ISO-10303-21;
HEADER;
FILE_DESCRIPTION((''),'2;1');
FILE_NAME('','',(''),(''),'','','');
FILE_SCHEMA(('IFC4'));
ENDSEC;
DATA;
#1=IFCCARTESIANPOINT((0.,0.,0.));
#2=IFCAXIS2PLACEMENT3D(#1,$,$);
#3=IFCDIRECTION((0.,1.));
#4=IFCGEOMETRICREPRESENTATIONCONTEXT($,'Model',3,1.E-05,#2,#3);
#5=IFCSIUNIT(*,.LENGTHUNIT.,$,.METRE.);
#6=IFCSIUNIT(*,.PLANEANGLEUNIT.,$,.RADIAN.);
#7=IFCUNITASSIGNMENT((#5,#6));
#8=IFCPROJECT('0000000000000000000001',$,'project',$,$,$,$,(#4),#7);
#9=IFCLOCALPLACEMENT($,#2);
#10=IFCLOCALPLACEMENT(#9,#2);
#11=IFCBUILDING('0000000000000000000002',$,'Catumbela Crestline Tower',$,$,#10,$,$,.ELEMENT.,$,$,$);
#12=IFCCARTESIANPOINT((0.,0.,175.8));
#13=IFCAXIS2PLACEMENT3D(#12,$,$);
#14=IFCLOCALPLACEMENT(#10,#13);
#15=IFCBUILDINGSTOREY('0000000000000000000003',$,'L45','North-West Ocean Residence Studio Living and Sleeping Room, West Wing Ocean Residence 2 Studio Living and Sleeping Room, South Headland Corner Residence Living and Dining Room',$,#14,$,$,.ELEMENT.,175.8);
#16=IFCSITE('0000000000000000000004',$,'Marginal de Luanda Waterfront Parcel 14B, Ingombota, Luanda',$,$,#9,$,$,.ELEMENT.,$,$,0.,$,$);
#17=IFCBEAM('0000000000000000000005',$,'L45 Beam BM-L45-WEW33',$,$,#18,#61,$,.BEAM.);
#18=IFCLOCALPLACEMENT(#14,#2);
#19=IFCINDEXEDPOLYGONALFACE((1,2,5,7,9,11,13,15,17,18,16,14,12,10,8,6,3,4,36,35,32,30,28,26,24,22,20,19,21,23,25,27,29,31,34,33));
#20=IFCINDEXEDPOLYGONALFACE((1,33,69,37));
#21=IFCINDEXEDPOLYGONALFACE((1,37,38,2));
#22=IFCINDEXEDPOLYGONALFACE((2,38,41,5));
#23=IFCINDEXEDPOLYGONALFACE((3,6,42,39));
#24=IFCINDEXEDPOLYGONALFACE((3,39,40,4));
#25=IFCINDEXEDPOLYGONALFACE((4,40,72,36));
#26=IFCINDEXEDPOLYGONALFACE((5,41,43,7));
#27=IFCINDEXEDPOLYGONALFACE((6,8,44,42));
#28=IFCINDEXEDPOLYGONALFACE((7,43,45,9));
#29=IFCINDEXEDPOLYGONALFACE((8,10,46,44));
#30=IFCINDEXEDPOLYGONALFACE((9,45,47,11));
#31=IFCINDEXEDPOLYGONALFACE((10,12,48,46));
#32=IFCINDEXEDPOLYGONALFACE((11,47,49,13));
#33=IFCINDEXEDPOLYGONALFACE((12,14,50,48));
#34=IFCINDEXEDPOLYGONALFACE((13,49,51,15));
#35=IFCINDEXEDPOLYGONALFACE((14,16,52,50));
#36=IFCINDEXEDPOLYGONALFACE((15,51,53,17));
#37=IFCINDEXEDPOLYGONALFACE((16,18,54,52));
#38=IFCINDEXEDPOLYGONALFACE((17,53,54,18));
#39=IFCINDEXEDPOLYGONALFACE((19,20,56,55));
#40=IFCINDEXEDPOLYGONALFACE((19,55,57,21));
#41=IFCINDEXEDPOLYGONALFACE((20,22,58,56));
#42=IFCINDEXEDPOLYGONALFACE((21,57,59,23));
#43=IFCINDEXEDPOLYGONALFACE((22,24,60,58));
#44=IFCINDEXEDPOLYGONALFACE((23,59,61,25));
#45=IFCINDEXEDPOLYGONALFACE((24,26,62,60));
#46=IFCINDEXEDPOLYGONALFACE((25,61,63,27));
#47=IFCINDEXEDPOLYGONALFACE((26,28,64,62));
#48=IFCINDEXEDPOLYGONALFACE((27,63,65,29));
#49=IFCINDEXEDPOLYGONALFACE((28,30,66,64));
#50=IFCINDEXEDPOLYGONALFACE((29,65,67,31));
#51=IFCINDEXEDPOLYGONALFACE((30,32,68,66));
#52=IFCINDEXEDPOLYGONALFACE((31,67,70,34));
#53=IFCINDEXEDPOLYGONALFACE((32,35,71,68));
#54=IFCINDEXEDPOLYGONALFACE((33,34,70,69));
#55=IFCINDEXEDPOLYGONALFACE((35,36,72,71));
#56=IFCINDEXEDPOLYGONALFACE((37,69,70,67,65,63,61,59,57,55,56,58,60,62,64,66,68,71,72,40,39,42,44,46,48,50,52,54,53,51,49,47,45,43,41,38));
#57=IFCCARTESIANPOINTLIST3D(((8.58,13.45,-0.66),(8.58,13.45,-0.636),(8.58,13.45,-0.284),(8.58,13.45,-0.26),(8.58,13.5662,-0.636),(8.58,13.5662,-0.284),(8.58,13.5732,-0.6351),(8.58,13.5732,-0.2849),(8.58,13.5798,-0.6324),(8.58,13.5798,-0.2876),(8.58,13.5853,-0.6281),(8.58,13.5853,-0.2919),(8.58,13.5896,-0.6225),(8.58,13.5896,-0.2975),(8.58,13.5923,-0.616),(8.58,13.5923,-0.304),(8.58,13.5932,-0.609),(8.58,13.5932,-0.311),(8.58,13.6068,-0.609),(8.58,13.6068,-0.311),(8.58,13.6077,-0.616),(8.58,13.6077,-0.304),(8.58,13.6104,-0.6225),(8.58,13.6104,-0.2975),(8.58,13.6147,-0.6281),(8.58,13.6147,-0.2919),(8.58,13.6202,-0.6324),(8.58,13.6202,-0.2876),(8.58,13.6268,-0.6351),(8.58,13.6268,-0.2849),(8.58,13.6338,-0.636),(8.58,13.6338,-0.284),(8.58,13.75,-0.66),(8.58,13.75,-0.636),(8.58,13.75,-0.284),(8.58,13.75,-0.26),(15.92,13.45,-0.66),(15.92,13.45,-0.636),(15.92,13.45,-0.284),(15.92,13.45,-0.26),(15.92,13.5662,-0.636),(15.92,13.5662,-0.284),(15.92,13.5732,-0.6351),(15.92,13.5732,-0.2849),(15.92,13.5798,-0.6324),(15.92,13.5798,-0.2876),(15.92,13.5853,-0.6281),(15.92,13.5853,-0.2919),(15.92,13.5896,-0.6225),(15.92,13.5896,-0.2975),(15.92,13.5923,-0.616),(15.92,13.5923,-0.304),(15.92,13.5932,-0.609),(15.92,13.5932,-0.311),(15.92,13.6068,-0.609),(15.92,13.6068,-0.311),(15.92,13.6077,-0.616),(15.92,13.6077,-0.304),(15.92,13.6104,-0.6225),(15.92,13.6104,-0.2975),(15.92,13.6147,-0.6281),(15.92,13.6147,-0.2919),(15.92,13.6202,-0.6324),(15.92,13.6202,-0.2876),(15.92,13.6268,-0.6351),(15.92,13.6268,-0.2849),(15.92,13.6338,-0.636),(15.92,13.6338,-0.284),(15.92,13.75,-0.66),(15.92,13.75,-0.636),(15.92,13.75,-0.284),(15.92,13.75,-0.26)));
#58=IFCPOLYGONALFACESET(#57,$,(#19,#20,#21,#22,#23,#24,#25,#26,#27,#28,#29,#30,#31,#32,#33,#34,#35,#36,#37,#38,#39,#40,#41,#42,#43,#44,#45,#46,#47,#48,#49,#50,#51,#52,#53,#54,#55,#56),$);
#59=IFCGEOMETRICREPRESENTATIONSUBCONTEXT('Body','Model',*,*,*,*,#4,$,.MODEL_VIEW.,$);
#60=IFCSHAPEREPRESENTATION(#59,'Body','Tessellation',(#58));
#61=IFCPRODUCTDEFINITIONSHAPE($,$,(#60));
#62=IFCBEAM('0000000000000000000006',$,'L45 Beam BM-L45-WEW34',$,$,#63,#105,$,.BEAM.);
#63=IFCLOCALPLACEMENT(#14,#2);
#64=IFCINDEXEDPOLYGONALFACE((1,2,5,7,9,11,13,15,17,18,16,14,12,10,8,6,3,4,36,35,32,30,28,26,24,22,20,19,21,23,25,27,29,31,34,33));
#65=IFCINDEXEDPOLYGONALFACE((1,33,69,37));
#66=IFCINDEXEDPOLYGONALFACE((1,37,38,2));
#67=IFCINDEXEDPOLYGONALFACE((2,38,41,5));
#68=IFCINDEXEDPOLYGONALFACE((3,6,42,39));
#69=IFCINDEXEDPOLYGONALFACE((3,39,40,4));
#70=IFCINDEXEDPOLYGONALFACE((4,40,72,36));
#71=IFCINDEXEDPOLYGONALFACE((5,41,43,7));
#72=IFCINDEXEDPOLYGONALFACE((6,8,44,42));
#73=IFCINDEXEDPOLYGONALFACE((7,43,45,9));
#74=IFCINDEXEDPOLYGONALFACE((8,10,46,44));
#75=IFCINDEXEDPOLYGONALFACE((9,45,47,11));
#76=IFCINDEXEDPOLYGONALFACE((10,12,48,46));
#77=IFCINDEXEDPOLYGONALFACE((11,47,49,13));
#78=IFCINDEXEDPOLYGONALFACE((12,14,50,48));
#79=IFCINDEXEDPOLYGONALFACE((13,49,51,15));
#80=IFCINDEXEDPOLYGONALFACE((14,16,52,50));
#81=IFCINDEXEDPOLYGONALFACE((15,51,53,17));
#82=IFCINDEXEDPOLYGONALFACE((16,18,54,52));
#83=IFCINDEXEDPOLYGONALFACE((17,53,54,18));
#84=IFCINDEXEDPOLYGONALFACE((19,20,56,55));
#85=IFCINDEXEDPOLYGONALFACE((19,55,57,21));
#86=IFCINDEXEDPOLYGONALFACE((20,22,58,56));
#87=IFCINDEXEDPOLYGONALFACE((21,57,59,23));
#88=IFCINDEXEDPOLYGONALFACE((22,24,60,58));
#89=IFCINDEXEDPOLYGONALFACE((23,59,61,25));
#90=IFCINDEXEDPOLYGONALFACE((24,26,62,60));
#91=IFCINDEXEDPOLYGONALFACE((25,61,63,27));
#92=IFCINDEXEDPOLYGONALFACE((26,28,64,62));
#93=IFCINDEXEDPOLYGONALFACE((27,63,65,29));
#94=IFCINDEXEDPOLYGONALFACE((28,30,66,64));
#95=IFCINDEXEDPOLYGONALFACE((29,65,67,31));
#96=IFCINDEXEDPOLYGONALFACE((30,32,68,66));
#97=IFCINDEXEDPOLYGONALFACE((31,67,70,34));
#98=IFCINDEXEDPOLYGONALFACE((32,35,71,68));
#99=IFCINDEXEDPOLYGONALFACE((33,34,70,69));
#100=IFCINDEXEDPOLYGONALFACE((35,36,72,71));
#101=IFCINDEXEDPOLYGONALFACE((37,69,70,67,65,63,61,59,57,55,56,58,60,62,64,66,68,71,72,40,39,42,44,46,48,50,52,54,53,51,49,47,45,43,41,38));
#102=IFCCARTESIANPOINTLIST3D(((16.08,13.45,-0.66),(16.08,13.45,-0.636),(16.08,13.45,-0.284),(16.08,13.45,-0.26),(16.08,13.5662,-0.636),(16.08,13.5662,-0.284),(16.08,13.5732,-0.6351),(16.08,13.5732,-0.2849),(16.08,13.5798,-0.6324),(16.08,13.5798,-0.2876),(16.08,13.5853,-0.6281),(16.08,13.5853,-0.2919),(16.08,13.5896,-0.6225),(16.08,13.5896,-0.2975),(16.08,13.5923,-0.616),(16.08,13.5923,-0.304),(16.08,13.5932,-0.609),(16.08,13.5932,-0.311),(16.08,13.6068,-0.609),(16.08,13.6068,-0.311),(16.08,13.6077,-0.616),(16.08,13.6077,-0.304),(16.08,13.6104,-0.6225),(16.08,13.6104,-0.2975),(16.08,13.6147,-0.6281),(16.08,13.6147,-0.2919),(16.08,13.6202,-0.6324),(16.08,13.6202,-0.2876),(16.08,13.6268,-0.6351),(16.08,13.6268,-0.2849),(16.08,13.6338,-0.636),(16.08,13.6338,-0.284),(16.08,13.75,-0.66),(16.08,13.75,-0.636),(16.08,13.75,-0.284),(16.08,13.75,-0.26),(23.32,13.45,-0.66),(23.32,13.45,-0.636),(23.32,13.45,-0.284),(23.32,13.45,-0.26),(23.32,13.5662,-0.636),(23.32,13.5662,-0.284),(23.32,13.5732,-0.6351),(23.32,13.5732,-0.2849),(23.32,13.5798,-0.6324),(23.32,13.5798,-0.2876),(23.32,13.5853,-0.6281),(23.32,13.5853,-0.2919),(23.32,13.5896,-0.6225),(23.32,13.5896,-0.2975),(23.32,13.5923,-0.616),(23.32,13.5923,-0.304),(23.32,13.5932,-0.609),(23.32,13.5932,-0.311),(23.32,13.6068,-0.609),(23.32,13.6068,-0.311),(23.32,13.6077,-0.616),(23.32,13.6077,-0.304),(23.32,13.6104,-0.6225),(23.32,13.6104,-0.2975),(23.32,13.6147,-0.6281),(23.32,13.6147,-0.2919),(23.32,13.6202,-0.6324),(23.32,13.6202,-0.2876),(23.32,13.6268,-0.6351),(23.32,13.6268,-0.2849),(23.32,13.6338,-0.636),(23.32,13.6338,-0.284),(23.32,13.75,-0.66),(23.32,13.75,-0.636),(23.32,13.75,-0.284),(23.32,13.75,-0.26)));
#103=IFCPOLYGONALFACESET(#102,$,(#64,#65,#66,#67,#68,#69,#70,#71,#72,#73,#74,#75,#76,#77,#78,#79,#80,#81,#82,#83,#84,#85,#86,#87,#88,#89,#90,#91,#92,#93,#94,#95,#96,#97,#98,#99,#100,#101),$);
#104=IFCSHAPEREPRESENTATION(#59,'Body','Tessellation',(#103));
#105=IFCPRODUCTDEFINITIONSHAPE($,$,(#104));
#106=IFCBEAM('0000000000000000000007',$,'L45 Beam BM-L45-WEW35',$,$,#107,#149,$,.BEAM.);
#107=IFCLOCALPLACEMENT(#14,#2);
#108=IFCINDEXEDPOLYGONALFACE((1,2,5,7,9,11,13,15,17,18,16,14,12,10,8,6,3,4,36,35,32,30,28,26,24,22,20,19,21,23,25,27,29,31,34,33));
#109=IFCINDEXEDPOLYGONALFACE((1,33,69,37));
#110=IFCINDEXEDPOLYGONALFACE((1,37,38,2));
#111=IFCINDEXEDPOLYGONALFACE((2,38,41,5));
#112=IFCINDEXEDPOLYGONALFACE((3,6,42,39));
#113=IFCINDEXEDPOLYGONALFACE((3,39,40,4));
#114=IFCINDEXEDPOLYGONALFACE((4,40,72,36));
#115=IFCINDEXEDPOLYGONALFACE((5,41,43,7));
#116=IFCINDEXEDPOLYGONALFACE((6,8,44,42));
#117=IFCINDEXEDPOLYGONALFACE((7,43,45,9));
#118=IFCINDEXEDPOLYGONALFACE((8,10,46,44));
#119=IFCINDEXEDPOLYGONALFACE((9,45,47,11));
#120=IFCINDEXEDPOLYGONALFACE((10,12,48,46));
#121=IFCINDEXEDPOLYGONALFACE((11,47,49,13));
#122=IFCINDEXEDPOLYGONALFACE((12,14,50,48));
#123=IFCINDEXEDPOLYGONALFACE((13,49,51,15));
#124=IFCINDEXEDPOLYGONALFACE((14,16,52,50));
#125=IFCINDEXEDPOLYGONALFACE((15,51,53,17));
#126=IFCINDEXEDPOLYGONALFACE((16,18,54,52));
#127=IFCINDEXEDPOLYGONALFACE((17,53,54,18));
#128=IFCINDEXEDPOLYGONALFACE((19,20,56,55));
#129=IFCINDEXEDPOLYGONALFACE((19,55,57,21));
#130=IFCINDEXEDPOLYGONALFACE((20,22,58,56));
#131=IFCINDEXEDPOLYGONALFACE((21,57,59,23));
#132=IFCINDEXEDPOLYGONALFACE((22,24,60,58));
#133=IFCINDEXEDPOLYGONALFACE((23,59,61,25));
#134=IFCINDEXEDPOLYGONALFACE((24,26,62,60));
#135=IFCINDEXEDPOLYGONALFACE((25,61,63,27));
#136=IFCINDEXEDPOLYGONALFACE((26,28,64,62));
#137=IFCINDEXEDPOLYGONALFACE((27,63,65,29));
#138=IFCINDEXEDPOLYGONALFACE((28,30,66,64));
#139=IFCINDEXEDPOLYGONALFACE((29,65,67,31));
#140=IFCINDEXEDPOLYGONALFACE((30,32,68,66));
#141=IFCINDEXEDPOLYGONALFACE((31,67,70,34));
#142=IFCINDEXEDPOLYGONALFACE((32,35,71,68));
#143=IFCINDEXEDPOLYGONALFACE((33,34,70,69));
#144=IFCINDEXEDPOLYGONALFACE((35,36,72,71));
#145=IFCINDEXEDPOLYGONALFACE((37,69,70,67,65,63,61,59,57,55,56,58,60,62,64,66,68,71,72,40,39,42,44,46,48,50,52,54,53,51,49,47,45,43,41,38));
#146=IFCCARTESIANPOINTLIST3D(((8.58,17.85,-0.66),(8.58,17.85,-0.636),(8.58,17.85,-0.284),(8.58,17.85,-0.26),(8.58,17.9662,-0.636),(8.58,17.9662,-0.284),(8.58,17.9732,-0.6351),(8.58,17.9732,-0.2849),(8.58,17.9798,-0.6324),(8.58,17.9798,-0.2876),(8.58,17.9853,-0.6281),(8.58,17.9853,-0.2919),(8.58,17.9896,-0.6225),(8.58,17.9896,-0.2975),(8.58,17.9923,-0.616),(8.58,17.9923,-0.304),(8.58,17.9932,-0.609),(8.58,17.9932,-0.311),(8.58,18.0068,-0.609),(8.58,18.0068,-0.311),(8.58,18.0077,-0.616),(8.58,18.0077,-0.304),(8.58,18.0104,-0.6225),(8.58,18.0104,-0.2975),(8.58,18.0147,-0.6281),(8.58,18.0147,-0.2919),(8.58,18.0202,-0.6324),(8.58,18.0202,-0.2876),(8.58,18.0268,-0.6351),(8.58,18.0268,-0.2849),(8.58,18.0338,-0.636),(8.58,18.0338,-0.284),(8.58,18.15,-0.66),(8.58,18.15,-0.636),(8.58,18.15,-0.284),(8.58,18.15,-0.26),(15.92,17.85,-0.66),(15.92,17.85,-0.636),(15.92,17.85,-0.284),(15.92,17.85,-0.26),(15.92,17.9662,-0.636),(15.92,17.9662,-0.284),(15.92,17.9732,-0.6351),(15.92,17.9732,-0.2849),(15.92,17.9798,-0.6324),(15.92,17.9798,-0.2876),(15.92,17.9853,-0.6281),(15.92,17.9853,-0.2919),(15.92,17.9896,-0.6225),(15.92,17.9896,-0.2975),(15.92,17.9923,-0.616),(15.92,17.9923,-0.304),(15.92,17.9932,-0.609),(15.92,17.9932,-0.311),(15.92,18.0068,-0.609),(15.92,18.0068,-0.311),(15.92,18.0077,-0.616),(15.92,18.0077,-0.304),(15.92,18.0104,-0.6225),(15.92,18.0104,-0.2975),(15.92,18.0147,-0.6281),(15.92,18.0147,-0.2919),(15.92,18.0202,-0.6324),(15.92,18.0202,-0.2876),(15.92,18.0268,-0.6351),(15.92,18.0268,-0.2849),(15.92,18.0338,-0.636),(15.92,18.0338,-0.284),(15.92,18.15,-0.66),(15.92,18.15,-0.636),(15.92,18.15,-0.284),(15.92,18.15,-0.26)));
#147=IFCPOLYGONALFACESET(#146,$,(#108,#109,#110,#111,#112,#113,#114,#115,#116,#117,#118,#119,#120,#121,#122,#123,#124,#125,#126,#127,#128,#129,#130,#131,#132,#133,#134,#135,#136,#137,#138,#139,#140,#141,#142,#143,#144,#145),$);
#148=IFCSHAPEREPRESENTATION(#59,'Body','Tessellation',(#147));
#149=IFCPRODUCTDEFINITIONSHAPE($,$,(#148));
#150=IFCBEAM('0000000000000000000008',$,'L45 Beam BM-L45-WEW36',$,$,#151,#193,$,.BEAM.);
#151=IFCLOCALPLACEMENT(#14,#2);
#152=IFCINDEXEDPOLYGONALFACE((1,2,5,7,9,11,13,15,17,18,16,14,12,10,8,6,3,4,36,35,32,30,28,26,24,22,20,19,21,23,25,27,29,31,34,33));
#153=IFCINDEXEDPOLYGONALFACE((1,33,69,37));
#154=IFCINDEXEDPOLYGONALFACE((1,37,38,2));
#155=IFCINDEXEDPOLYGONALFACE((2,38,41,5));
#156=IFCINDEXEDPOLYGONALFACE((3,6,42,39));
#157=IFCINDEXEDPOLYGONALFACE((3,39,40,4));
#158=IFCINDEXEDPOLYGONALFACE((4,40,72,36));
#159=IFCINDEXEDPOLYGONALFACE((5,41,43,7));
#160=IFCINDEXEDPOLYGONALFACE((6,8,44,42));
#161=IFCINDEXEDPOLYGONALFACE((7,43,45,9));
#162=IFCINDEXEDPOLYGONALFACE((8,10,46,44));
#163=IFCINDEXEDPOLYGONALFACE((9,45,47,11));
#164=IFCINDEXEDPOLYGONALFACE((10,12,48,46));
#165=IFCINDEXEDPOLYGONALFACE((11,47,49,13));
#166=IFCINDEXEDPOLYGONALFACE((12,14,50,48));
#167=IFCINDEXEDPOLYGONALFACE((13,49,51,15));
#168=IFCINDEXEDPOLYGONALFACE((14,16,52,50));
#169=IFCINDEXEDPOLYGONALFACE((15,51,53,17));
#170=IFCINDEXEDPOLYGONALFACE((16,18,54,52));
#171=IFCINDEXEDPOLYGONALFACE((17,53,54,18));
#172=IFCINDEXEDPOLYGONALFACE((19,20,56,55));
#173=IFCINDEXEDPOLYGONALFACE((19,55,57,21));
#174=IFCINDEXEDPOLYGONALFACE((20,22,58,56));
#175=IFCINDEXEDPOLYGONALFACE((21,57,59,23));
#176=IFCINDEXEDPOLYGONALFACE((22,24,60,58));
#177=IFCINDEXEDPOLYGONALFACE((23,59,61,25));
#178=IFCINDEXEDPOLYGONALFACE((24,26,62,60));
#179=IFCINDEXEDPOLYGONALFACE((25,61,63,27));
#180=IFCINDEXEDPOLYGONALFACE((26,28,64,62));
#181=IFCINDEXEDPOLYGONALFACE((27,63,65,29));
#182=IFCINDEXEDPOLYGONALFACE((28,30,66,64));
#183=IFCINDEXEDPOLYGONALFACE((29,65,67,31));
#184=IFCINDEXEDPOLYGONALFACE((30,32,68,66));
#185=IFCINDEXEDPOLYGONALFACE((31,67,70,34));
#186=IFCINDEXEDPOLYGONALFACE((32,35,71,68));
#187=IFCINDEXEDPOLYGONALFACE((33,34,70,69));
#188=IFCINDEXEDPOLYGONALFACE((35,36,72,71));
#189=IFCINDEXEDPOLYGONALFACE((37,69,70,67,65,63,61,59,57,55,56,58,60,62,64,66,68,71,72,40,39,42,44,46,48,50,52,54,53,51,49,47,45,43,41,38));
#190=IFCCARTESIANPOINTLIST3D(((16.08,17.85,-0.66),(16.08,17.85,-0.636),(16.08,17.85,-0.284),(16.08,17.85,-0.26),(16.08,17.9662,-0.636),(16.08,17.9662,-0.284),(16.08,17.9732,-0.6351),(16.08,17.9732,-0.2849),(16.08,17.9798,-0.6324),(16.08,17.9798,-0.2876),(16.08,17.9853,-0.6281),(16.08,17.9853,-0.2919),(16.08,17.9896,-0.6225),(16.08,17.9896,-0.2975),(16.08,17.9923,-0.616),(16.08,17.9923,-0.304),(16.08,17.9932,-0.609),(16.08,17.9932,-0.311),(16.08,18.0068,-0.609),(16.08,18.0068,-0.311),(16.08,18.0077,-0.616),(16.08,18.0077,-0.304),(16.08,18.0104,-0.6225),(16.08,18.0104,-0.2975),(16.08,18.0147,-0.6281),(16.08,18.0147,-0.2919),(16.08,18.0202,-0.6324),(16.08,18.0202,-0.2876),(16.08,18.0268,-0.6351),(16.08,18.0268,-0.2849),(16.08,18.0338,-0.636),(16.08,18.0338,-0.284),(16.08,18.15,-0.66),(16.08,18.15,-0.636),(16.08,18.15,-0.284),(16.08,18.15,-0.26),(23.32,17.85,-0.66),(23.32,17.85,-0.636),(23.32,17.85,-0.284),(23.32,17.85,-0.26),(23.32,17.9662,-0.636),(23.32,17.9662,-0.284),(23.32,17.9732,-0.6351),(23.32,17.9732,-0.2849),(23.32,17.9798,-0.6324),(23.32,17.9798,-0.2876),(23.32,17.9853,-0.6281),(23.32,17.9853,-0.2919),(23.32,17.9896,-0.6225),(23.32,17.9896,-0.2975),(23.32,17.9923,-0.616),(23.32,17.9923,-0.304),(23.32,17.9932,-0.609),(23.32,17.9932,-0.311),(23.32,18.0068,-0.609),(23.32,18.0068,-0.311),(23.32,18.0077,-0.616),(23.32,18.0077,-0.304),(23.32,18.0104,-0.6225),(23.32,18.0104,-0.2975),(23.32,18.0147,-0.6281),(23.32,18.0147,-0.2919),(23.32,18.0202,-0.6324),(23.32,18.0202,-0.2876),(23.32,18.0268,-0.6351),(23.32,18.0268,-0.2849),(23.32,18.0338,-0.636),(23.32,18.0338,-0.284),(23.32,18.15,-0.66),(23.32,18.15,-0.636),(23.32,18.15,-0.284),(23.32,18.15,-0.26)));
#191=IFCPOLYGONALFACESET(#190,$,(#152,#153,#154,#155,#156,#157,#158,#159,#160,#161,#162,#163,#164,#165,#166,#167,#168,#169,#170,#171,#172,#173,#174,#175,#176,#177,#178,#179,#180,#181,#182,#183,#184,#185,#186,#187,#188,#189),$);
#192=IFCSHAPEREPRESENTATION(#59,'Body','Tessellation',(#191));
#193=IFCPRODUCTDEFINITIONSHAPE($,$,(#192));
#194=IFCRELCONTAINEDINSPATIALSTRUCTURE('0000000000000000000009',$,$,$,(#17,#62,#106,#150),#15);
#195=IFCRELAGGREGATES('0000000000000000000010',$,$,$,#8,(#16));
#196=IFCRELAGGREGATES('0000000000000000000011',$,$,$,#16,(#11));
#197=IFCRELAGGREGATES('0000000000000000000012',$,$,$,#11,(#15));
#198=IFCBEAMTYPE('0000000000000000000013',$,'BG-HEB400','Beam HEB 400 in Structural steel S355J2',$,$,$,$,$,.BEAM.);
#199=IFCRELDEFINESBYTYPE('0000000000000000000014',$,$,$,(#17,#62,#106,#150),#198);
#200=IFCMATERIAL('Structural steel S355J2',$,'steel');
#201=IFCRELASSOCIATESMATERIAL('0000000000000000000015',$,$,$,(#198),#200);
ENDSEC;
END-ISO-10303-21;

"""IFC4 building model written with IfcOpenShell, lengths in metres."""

from ifc_helpers import new_model, si_unit, direction, frame, origin, origin_2d, place, context, subcontext, project, spatial, i_section, extrude, material, material_profile, profile_set, type_object, element, save


model = new_model("IFC4")

# Units and contexts
model_context = context("Model", 3, precision=1e-05, world=origin(), true_north=direction((0.0, 1.0)))
body_context = subcontext(model_context, "Body", "Model", "MODEL_VIEW")
ifc_project = project(units=[si_unit("LENGTHUNIT", "METRE"), si_unit("PLANEANGLEUNIT", "RADIAN")], contexts=[model_context])

# Site, building, storey
site_placement = place(None, origin())
site = spatial("IfcSite", under=ifc_project, at=site_placement, Name="Marginal de Luanda Waterfront Parcel 14B, Ingombota, Luanda", CompositionType="ELEMENT", RefElevation=0.0)
building_placement = place(site_placement, origin())
building = spatial("IfcBuilding", under=site, at=building_placement, Name="Catumbela Crestline Tower", CompositionType="ELEMENT")
storey_placement = place(building_placement, frame((0.0, 0.0, 175.8)))
storey = spatial("IfcBuildingStorey", under=building, at=storey_placement, Name="L45", Description="North-West Ocean Residence Studio Living and Sleeping Room, West Wing Ocean Residence 2 Studio Living and Sleeping Room, South Headland Corner Residence Living and Dining Room", CompositionType="ELEMENT", Elevation=175.8)

# Shared definitions
ifc_material_1 = material(Name="Structural steel S355J2", Category="steel")

# Beams
ifc_material_profile_1 = material_profile(ifc_material_1, i_section(OverallWidth=0.3, OverallDepth=0.4, WebThickness=0.0135, FlangeThickness=0.024, FilletRadius=0.027, at=origin_2d()), Name="HEB 400")
ifc_profile_set_1 = profile_set([ifc_material_profile_1], Name="Structural steel S355J2")
beam_type_1 = type_object("IfcBeamType", Name="BG-HEB400", Description="Beam HEB 400 in Structural steel S355J2", PredefinedType="BEAM", material=ifc_profile_set_1)
beam_1_placement = place(storey_placement, frame((8.58, 13.6, -0.46), z_axis=(1.0, 0.0, 0.0), x_axis=(0.0, 1.0, 0.0)))
element("IfcBeam", 1, at=beam_1_placement, inside=storey, type_object=beam_type_1, Name="L45 Beam BM-L45-WEW33", PredefinedType="BEAM", context=body_context, shape_type="SweptSolid", body=[
    extrude(i_section(OverallWidth=0.3, OverallDepth=0.4, WebThickness=0.0135, FlangeThickness=0.024, FilletRadius=0.027, at=origin_2d()), origin(), (0.0, 0.0, 1.0), 7.34),
])
beam_2_placement = place(storey_placement, frame((16.08, 13.6, -0.46), z_axis=(1.0, 0.0, 0.0), x_axis=(0.0, 1.0, 0.0)))
element("IfcBeam", 2, at=beam_2_placement, inside=storey, type_object=beam_type_1, Name="L45 Beam BM-L45-WEW34", PredefinedType="BEAM", context=body_context, shape_type="SweptSolid", body=[
    extrude(i_section(OverallWidth=0.3, OverallDepth=0.4, WebThickness=0.0135, FlangeThickness=0.024, FilletRadius=0.027, at=origin_2d()), origin(), (0.0, 0.0, 1.0), 7.24),
])
beam_3_placement = place(storey_placement, frame((8.58, 18.0, -0.46), z_axis=(1.0, 0.0, 0.0), x_axis=(0.0, 1.0, 0.0)))
element("IfcBeam", 3, at=beam_3_placement, inside=storey, type_object=beam_type_1, Name="L45 Beam BM-L45-WEW35", PredefinedType="BEAM", context=body_context, shape_type="SweptSolid", body=[
    extrude(i_section(OverallWidth=0.3, OverallDepth=0.4, WebThickness=0.0135, FlangeThickness=0.024, FilletRadius=0.027, at=origin_2d()), origin(), (0.0, 0.0, 1.0), 7.34),
])
beam_4_placement = place(storey_placement, frame((16.08, 18.0, -0.46), z_axis=(1.0, 0.0, 0.0), x_axis=(0.0, 1.0, 0.0)))
element("IfcBeam", 4, at=beam_4_placement, inside=storey, type_object=beam_type_1, Name="L45 Beam BM-L45-WEW36", PredefinedType="BEAM", context=body_context, shape_type="SweptSolid", body=[
    extrude(i_section(OverallWidth=0.3, OverallDepth=0.4, WebThickness=0.0135, FlangeThickness=0.024, FilletRadius=0.027, at=origin_2d()), origin(), (0.0, 0.0, 1.0), 7.24),
])

save(model, "model.ifc")
